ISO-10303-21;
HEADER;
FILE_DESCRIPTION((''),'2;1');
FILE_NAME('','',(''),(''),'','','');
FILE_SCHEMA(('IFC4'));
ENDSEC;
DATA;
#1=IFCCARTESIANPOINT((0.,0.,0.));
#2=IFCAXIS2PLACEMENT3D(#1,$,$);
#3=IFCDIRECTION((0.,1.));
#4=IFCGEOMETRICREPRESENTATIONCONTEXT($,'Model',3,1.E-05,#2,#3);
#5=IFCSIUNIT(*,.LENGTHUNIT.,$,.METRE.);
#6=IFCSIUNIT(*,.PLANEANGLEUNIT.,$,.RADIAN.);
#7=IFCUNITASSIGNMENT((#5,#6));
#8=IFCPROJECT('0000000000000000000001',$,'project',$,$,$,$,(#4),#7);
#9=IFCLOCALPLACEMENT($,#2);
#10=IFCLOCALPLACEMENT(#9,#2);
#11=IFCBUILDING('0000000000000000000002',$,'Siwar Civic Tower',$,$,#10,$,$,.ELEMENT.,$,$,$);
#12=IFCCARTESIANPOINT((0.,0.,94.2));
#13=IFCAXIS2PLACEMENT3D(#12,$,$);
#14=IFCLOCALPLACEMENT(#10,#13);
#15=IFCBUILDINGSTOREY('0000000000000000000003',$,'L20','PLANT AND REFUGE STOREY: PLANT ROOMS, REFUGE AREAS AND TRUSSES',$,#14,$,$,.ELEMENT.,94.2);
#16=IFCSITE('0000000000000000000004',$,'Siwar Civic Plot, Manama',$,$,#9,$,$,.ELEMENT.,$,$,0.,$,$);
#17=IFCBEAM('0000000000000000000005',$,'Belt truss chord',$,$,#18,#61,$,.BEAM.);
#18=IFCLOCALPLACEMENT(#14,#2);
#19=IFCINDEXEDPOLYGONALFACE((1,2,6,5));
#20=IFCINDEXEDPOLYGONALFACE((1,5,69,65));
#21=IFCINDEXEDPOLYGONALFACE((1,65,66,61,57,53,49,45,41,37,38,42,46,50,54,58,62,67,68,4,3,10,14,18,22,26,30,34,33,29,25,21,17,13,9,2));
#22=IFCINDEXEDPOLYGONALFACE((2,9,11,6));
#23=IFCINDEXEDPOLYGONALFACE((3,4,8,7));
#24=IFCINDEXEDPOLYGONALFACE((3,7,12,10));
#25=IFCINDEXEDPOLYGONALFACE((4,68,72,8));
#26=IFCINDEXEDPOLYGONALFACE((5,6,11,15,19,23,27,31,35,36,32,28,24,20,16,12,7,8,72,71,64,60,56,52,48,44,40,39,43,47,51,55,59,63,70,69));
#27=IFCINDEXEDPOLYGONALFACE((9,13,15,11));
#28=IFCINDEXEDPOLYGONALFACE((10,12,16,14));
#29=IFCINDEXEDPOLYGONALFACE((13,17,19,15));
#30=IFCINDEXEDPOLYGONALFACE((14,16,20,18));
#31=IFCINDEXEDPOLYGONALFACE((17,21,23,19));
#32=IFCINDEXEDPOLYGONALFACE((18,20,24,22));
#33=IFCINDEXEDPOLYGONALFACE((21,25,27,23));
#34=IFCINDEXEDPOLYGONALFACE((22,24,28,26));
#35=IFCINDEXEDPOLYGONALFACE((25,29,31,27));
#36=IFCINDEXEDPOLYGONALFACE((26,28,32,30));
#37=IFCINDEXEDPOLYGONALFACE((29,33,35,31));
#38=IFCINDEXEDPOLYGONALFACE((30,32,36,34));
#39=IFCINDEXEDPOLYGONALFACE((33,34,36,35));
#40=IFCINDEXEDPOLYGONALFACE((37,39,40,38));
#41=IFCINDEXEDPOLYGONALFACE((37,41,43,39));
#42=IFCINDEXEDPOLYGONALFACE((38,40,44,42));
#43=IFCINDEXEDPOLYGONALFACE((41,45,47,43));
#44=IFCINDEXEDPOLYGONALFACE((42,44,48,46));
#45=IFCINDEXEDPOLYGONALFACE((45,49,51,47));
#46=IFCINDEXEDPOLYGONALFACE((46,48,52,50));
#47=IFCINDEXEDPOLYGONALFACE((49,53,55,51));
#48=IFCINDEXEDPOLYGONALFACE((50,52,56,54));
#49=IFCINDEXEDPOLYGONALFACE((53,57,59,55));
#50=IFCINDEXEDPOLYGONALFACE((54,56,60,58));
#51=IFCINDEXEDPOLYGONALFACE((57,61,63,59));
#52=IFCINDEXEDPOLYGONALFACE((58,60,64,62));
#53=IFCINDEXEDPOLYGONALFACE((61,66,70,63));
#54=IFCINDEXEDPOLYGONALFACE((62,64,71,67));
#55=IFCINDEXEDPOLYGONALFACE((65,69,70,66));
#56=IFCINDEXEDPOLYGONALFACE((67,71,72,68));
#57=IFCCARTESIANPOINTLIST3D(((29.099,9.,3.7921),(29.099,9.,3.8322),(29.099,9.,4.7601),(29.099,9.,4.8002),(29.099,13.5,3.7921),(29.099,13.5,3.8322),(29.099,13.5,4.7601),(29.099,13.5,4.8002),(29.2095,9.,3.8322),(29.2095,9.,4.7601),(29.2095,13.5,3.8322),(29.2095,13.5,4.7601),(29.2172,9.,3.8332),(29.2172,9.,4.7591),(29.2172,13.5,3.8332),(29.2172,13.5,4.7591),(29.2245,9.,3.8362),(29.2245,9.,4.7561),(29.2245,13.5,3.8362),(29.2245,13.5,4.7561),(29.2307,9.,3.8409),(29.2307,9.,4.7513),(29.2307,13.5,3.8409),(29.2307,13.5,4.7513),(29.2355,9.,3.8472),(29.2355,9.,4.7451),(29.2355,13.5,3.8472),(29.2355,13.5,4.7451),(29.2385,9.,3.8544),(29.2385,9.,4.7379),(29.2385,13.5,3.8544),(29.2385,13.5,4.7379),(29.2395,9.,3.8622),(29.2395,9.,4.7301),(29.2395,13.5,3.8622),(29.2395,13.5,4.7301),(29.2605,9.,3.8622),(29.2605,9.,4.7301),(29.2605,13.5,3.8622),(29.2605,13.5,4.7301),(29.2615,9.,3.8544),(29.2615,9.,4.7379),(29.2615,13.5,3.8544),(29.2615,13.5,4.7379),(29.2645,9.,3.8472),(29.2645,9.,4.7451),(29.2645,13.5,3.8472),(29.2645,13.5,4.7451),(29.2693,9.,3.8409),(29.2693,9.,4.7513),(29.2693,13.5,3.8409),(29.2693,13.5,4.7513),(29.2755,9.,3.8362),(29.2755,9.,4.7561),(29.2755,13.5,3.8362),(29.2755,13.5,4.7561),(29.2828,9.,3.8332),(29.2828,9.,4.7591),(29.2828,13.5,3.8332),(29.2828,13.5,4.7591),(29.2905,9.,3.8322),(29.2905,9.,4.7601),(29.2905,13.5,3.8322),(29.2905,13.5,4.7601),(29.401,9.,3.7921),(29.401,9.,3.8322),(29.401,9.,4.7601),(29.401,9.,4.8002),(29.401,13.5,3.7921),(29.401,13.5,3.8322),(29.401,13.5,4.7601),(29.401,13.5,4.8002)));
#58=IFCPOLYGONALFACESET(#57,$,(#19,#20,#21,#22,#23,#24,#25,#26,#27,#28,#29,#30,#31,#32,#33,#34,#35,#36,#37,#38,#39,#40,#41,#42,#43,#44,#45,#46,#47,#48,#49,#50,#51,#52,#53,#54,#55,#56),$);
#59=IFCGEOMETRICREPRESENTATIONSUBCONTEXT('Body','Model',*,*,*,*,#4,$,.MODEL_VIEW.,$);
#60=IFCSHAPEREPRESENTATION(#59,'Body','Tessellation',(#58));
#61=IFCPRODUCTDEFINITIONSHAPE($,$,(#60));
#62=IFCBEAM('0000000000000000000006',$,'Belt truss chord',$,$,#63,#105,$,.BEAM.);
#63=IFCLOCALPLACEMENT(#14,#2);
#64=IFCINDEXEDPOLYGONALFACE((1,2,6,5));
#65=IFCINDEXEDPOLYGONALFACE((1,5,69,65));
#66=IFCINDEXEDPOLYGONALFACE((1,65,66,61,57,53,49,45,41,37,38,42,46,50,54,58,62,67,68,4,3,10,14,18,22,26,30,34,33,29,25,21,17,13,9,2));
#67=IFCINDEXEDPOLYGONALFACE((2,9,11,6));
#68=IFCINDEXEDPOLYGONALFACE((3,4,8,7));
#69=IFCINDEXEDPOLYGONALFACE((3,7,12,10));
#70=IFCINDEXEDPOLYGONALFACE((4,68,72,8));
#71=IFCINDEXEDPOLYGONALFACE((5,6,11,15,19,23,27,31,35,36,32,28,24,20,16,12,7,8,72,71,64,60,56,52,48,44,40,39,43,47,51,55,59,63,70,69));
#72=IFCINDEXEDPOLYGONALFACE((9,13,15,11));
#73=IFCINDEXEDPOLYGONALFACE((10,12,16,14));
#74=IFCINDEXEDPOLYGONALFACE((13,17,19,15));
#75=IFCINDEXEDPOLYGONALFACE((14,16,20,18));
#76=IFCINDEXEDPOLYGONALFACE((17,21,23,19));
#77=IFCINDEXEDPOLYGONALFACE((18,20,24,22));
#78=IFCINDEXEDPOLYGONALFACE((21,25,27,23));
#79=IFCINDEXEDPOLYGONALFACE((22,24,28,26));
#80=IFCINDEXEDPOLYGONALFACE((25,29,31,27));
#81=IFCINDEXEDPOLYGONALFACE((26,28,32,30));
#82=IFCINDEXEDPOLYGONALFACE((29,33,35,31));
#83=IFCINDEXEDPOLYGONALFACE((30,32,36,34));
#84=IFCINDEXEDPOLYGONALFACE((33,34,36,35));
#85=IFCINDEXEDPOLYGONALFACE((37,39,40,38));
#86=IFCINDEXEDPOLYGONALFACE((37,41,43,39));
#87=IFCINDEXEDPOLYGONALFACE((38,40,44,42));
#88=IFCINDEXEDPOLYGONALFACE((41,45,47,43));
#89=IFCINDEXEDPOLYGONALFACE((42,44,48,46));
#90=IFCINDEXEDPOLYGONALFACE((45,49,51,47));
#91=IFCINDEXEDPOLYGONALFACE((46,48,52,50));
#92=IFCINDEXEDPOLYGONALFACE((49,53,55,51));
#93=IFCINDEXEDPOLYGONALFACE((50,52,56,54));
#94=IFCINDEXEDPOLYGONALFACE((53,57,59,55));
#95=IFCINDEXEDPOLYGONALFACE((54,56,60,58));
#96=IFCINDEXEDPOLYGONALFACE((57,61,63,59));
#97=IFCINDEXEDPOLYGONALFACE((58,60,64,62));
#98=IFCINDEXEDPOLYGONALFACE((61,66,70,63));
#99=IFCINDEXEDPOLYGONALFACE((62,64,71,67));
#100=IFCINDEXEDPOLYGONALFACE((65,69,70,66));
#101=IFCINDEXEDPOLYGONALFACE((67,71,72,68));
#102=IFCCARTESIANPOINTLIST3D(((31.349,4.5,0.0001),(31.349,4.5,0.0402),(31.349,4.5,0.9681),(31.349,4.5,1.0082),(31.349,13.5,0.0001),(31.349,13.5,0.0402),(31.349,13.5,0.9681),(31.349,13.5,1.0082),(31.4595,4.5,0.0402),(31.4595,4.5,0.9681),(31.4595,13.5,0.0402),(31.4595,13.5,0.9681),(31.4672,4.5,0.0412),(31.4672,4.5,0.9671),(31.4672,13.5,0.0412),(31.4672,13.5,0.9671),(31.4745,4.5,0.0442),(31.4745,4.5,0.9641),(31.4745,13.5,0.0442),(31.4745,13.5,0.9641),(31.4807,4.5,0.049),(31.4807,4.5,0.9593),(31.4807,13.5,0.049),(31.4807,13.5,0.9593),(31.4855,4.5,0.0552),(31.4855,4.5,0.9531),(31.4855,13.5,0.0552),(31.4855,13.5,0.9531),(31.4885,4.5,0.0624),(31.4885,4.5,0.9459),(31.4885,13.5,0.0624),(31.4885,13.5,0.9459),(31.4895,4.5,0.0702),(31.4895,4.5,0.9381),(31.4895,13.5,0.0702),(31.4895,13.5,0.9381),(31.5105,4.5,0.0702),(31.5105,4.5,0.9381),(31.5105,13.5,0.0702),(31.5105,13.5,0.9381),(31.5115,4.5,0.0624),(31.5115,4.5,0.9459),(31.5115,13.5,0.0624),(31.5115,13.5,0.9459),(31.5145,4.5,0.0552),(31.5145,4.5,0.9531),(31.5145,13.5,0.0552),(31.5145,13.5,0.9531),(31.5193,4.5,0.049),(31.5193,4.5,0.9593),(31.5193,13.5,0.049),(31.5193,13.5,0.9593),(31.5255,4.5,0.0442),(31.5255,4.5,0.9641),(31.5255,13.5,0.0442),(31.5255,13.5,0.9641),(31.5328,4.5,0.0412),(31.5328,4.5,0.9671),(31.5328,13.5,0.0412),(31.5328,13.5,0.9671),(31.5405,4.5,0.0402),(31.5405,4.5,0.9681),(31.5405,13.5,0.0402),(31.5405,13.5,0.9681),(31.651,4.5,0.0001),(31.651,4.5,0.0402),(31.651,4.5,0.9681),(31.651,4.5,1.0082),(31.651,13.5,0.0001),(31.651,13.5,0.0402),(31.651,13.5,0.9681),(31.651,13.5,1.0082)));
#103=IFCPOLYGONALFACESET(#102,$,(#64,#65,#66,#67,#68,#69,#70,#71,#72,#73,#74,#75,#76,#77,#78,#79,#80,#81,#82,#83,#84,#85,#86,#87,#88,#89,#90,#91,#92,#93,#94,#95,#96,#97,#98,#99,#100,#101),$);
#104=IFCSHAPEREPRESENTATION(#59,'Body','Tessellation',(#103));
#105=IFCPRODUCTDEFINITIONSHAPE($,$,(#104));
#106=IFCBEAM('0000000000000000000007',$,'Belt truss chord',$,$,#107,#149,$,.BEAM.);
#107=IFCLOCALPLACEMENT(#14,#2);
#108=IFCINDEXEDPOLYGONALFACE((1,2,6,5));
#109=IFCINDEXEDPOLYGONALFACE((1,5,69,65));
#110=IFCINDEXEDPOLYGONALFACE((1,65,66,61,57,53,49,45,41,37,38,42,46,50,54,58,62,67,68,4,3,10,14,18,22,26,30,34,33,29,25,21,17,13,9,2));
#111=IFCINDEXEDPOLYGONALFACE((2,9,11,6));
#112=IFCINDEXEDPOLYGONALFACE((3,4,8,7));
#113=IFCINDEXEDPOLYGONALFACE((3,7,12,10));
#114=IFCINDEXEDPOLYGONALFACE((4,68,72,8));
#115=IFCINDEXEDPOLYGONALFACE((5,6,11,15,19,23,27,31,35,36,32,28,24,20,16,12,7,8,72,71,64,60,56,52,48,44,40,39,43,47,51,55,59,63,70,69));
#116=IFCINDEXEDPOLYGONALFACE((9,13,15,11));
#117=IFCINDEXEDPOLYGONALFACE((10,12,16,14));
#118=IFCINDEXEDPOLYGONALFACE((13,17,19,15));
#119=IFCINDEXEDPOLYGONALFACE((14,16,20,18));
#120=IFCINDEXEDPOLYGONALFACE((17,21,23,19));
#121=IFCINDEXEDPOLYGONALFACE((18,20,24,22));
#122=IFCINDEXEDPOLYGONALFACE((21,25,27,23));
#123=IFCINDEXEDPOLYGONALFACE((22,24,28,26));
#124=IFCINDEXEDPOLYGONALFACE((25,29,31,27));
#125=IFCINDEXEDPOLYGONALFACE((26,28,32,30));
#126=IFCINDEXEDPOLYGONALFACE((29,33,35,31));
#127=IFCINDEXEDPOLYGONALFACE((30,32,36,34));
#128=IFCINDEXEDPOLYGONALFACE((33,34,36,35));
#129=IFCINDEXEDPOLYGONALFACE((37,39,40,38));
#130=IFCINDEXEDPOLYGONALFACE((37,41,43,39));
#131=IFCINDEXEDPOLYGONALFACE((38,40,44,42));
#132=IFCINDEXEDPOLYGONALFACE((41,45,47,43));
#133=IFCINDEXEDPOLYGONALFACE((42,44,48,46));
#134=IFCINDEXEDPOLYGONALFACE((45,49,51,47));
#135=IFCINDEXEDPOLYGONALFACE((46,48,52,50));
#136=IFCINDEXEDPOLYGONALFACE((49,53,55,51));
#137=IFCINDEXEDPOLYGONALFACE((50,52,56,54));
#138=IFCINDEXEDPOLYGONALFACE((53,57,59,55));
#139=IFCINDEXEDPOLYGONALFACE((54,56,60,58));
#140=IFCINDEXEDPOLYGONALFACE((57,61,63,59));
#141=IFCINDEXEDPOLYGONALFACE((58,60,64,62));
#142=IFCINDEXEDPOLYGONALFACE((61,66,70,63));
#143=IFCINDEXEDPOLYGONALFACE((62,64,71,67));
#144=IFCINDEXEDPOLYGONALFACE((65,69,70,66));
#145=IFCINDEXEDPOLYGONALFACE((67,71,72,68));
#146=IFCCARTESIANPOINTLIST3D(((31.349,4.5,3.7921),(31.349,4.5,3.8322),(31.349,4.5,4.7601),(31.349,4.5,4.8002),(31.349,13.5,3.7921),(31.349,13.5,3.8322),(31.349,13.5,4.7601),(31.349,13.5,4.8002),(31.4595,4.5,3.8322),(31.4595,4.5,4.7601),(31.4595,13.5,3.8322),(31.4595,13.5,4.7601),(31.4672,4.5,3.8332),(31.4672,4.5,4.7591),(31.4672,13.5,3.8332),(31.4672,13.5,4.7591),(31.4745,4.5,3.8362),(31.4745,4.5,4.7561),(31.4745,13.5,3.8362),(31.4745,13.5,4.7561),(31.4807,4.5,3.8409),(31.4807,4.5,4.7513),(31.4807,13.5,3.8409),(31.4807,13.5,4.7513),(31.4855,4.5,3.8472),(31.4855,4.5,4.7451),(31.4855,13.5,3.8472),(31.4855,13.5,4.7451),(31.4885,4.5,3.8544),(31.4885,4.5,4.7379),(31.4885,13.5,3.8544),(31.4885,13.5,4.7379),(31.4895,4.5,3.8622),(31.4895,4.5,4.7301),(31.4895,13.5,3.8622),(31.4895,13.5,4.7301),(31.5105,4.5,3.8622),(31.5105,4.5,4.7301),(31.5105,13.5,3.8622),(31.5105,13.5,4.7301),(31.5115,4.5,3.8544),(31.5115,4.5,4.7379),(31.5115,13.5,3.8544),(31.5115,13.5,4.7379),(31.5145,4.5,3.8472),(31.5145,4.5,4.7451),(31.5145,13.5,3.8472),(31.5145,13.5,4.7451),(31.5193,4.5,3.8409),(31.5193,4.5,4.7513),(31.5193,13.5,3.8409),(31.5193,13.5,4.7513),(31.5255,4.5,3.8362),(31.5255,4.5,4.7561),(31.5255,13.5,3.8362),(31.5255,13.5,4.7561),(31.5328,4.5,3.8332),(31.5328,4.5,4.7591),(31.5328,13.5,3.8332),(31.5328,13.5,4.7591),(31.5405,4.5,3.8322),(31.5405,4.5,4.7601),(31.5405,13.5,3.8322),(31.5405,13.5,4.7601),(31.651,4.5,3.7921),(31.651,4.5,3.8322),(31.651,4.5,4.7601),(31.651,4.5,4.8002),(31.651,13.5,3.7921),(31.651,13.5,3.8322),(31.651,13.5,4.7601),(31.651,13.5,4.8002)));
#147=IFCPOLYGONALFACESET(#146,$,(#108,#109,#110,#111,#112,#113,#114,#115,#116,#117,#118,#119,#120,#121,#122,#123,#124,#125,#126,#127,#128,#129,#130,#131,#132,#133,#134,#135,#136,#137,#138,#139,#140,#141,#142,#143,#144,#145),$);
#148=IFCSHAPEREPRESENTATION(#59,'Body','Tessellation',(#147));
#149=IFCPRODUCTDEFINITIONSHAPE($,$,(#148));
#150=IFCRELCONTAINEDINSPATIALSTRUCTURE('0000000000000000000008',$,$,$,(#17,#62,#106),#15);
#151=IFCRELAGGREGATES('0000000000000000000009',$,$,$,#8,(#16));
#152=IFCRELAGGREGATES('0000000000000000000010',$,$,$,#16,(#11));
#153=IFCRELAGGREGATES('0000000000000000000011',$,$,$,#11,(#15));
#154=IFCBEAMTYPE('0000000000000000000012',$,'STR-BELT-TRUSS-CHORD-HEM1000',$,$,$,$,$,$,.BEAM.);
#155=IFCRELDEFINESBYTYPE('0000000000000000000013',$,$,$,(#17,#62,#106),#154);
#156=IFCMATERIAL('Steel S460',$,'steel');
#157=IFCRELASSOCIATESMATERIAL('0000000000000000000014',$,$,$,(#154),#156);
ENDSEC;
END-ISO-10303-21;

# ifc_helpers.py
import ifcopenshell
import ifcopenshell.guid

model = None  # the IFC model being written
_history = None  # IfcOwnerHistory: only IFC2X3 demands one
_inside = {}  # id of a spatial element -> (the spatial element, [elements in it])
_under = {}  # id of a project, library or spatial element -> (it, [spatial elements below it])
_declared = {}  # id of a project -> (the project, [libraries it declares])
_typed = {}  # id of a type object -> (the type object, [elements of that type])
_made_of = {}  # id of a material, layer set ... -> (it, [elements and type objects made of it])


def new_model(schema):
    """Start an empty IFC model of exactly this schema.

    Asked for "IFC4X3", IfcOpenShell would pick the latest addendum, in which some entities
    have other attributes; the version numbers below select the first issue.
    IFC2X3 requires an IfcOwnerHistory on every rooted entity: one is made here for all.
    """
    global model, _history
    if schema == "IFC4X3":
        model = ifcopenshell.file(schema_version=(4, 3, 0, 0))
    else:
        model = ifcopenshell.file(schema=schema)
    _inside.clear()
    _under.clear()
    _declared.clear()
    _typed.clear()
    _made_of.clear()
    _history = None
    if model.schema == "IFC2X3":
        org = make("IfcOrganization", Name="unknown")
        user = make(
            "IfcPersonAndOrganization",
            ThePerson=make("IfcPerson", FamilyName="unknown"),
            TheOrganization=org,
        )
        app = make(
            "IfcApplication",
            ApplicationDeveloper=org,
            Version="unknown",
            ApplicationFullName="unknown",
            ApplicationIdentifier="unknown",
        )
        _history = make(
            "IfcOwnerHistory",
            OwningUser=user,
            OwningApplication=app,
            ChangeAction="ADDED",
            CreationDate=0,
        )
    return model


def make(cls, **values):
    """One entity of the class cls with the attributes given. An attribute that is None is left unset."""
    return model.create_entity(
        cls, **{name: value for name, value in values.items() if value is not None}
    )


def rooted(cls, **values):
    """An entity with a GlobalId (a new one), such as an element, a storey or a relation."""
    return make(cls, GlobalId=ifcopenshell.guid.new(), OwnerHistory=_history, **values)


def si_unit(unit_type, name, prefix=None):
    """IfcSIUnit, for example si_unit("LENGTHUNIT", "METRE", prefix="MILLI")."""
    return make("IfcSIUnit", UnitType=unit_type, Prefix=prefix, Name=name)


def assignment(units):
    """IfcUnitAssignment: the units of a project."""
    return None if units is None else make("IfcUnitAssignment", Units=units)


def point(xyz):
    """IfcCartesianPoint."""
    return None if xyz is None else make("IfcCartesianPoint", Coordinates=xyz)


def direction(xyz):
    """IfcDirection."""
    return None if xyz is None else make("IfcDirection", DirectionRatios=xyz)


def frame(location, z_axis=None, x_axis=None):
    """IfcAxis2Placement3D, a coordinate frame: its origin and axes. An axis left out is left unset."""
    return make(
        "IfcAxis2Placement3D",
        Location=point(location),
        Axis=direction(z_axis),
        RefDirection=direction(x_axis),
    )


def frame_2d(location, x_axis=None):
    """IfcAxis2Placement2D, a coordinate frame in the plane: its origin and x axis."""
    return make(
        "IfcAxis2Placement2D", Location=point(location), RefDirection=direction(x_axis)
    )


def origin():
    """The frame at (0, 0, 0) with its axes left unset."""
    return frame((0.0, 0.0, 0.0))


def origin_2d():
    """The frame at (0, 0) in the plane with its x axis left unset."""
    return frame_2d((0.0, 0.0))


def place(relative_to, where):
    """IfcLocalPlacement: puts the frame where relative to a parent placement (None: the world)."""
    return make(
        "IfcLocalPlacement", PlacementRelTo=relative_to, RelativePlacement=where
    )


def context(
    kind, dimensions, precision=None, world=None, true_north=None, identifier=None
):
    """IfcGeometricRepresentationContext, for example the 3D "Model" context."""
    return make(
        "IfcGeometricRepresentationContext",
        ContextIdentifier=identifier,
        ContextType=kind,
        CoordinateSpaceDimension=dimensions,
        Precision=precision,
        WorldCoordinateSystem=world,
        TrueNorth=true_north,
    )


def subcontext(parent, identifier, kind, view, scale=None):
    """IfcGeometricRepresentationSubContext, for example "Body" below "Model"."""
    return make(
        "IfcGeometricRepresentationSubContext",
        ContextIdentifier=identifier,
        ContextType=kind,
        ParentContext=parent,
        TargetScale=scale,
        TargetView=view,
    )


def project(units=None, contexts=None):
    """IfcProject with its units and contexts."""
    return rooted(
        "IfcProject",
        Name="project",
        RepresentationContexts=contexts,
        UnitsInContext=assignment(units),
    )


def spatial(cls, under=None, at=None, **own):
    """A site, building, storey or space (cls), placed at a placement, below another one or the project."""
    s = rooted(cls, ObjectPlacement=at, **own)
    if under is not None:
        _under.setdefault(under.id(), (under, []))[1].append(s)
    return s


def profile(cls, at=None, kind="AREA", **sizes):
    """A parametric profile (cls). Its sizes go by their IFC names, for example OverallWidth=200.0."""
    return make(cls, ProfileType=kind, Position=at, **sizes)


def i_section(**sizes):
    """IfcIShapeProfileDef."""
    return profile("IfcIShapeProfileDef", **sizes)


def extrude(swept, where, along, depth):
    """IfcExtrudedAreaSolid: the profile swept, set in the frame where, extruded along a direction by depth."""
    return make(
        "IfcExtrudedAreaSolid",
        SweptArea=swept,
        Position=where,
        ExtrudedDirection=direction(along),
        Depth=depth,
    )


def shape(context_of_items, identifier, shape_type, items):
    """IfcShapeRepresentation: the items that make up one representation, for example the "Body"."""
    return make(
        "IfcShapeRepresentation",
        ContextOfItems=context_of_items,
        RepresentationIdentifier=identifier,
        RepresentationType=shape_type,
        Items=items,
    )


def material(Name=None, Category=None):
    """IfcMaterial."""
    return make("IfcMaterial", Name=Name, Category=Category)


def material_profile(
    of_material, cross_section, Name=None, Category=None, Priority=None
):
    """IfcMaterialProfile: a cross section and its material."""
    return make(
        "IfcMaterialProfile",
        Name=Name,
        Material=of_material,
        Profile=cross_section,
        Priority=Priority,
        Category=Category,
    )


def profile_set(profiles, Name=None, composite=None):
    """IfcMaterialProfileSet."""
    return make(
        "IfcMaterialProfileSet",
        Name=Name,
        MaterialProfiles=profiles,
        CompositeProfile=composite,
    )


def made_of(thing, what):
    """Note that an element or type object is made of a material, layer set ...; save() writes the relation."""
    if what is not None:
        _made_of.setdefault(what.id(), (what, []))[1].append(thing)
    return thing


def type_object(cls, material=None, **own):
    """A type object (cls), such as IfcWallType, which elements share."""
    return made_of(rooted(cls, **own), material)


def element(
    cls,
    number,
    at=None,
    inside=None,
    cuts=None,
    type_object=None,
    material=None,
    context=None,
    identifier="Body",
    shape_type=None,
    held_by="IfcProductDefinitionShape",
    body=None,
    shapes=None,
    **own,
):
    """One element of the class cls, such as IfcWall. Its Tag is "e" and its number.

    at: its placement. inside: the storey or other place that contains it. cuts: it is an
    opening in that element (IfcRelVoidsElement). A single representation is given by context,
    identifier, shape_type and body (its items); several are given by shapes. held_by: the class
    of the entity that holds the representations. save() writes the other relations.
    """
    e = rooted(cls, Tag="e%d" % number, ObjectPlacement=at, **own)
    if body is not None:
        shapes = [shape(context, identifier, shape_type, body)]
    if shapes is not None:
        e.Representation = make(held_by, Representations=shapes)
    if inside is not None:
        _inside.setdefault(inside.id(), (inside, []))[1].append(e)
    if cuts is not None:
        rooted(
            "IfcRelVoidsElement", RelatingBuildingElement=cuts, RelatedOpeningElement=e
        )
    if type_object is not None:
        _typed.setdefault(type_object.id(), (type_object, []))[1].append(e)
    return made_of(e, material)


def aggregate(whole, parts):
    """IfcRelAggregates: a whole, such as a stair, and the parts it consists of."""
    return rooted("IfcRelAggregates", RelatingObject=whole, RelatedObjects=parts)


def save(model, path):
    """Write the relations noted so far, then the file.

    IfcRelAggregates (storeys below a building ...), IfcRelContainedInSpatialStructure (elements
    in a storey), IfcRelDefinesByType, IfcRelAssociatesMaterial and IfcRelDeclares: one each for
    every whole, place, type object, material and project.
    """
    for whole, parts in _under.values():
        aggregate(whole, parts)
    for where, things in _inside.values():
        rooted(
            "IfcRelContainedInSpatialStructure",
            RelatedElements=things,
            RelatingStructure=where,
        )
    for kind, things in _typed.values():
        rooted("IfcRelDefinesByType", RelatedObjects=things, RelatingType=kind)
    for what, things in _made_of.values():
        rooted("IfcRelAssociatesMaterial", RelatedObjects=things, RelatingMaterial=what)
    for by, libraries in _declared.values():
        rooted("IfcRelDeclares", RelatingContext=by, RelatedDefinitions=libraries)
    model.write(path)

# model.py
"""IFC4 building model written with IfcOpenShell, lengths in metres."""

from ifc_helpers import new_model, si_unit, direction, frame, origin, origin_2d, place, context, subcontext, project, spatial, i_section, extrude, material, material_profile, profile_set, type_object, element, save


model = new_model("IFC4")

# Units and contexts
model_context = context("Model", 3, precision=1e-05, world=origin(), true_north=direction((0.0, 1.0)))
body_context = subcontext(model_context, "Body", "Model", "MODEL_VIEW")
ifc_project = project(units=[si_unit("LENGTHUNIT", "METRE"), si_unit("PLANEANGLEUNIT", "RADIAN")], contexts=[model_context])

# Site, building, storey
site_placement = place(None, origin())
site = spatial("IfcSite", under=ifc_project, at=site_placement, Name="Siwar Civic Plot, Manama", CompositionType="ELEMENT", RefElevation=0.0)
building_placement = place(site_placement, origin())
building = spatial("IfcBuilding", under=site, at=building_placement, Name="Siwar Civic Tower", CompositionType="ELEMENT")
storey_placement = place(building_placement, frame((0.0, 0.0, 94.2)))
storey = spatial("IfcBuildingStorey", under=building, at=storey_placement, Name="L20", Description="PLANT AND REFUGE STOREY: PLANT ROOMS, REFUGE AREAS AND TRUSSES", CompositionType="ELEMENT", Elevation=94.2)

# Beams
ifc_material_1 = material(Name="Steel S460", Category="steel")
ifc_material_profile_1 = material_profile(ifc_material_1, i_section(OverallWidth=0.302, OverallDepth=1.0081, WebThickness=0.021, FlangeThickness=0.04, FilletRadius=0.03, at=origin_2d()), Name="HEM1000")
ifc_profile_set_1 = profile_set([ifc_material_profile_1], Name="Steel S460")
beam_type_1 = type_object("IfcBeamType", Name="STR-BELT-TRUSS-CHORD-HEM1000", PredefinedType="BEAM", material=ifc_profile_set_1)
for number, where, z_axis, x_axis, name in (
    (1, (29.25, 9.0, 4.2961), (0.0, 1.0, 0.0), (-1.0, 0.0, 0.0), "Belt truss chord"),
):
    element("IfcBeam", number, at=place(storey_placement, frame(where, z_axis=z_axis, x_axis=x_axis)), inside=storey, type_object=beam_type_1, Name=name, PredefinedType="BEAM", context=body_context, shape_type="SweptSolid", body=[
        extrude(i_section(OverallWidth=0.302, OverallDepth=1.0081, WebThickness=0.021, FlangeThickness=0.04, FilletRadius=0.03, at=origin_2d()), origin(), (0.0, 0.0, 1.0), 4.5),
    ])
for number, where, z_axis, x_axis, name in (
    (2, (31.5, 4.5, 0.5042), (0.0, 1.0, 0.0), (-1.0, 0.0, 0.0), "Belt truss chord"),
    (3, (31.5, 4.5, 4.2961), (0.0, 1.0, 0.0), (-1.0, 0.0, 0.0), "Belt truss chord"),
):
    element("IfcBeam", number, at=place(storey_placement, frame(where, z_axis=z_axis, x_axis=x_axis)), inside=storey, type_object=beam_type_1, Name=name, PredefinedType="BEAM", context=body_context, shape_type="SweptSolid", body=[
        extrude(i_section(OverallWidth=0.302, OverallDepth=1.0081, WebThickness=0.021, FlangeThickness=0.04, FilletRadius=0.03, at=origin_2d()), origin(), (0.0, 0.0, 1.0), 9.0),
    ])

save(model, "model.ifc")
